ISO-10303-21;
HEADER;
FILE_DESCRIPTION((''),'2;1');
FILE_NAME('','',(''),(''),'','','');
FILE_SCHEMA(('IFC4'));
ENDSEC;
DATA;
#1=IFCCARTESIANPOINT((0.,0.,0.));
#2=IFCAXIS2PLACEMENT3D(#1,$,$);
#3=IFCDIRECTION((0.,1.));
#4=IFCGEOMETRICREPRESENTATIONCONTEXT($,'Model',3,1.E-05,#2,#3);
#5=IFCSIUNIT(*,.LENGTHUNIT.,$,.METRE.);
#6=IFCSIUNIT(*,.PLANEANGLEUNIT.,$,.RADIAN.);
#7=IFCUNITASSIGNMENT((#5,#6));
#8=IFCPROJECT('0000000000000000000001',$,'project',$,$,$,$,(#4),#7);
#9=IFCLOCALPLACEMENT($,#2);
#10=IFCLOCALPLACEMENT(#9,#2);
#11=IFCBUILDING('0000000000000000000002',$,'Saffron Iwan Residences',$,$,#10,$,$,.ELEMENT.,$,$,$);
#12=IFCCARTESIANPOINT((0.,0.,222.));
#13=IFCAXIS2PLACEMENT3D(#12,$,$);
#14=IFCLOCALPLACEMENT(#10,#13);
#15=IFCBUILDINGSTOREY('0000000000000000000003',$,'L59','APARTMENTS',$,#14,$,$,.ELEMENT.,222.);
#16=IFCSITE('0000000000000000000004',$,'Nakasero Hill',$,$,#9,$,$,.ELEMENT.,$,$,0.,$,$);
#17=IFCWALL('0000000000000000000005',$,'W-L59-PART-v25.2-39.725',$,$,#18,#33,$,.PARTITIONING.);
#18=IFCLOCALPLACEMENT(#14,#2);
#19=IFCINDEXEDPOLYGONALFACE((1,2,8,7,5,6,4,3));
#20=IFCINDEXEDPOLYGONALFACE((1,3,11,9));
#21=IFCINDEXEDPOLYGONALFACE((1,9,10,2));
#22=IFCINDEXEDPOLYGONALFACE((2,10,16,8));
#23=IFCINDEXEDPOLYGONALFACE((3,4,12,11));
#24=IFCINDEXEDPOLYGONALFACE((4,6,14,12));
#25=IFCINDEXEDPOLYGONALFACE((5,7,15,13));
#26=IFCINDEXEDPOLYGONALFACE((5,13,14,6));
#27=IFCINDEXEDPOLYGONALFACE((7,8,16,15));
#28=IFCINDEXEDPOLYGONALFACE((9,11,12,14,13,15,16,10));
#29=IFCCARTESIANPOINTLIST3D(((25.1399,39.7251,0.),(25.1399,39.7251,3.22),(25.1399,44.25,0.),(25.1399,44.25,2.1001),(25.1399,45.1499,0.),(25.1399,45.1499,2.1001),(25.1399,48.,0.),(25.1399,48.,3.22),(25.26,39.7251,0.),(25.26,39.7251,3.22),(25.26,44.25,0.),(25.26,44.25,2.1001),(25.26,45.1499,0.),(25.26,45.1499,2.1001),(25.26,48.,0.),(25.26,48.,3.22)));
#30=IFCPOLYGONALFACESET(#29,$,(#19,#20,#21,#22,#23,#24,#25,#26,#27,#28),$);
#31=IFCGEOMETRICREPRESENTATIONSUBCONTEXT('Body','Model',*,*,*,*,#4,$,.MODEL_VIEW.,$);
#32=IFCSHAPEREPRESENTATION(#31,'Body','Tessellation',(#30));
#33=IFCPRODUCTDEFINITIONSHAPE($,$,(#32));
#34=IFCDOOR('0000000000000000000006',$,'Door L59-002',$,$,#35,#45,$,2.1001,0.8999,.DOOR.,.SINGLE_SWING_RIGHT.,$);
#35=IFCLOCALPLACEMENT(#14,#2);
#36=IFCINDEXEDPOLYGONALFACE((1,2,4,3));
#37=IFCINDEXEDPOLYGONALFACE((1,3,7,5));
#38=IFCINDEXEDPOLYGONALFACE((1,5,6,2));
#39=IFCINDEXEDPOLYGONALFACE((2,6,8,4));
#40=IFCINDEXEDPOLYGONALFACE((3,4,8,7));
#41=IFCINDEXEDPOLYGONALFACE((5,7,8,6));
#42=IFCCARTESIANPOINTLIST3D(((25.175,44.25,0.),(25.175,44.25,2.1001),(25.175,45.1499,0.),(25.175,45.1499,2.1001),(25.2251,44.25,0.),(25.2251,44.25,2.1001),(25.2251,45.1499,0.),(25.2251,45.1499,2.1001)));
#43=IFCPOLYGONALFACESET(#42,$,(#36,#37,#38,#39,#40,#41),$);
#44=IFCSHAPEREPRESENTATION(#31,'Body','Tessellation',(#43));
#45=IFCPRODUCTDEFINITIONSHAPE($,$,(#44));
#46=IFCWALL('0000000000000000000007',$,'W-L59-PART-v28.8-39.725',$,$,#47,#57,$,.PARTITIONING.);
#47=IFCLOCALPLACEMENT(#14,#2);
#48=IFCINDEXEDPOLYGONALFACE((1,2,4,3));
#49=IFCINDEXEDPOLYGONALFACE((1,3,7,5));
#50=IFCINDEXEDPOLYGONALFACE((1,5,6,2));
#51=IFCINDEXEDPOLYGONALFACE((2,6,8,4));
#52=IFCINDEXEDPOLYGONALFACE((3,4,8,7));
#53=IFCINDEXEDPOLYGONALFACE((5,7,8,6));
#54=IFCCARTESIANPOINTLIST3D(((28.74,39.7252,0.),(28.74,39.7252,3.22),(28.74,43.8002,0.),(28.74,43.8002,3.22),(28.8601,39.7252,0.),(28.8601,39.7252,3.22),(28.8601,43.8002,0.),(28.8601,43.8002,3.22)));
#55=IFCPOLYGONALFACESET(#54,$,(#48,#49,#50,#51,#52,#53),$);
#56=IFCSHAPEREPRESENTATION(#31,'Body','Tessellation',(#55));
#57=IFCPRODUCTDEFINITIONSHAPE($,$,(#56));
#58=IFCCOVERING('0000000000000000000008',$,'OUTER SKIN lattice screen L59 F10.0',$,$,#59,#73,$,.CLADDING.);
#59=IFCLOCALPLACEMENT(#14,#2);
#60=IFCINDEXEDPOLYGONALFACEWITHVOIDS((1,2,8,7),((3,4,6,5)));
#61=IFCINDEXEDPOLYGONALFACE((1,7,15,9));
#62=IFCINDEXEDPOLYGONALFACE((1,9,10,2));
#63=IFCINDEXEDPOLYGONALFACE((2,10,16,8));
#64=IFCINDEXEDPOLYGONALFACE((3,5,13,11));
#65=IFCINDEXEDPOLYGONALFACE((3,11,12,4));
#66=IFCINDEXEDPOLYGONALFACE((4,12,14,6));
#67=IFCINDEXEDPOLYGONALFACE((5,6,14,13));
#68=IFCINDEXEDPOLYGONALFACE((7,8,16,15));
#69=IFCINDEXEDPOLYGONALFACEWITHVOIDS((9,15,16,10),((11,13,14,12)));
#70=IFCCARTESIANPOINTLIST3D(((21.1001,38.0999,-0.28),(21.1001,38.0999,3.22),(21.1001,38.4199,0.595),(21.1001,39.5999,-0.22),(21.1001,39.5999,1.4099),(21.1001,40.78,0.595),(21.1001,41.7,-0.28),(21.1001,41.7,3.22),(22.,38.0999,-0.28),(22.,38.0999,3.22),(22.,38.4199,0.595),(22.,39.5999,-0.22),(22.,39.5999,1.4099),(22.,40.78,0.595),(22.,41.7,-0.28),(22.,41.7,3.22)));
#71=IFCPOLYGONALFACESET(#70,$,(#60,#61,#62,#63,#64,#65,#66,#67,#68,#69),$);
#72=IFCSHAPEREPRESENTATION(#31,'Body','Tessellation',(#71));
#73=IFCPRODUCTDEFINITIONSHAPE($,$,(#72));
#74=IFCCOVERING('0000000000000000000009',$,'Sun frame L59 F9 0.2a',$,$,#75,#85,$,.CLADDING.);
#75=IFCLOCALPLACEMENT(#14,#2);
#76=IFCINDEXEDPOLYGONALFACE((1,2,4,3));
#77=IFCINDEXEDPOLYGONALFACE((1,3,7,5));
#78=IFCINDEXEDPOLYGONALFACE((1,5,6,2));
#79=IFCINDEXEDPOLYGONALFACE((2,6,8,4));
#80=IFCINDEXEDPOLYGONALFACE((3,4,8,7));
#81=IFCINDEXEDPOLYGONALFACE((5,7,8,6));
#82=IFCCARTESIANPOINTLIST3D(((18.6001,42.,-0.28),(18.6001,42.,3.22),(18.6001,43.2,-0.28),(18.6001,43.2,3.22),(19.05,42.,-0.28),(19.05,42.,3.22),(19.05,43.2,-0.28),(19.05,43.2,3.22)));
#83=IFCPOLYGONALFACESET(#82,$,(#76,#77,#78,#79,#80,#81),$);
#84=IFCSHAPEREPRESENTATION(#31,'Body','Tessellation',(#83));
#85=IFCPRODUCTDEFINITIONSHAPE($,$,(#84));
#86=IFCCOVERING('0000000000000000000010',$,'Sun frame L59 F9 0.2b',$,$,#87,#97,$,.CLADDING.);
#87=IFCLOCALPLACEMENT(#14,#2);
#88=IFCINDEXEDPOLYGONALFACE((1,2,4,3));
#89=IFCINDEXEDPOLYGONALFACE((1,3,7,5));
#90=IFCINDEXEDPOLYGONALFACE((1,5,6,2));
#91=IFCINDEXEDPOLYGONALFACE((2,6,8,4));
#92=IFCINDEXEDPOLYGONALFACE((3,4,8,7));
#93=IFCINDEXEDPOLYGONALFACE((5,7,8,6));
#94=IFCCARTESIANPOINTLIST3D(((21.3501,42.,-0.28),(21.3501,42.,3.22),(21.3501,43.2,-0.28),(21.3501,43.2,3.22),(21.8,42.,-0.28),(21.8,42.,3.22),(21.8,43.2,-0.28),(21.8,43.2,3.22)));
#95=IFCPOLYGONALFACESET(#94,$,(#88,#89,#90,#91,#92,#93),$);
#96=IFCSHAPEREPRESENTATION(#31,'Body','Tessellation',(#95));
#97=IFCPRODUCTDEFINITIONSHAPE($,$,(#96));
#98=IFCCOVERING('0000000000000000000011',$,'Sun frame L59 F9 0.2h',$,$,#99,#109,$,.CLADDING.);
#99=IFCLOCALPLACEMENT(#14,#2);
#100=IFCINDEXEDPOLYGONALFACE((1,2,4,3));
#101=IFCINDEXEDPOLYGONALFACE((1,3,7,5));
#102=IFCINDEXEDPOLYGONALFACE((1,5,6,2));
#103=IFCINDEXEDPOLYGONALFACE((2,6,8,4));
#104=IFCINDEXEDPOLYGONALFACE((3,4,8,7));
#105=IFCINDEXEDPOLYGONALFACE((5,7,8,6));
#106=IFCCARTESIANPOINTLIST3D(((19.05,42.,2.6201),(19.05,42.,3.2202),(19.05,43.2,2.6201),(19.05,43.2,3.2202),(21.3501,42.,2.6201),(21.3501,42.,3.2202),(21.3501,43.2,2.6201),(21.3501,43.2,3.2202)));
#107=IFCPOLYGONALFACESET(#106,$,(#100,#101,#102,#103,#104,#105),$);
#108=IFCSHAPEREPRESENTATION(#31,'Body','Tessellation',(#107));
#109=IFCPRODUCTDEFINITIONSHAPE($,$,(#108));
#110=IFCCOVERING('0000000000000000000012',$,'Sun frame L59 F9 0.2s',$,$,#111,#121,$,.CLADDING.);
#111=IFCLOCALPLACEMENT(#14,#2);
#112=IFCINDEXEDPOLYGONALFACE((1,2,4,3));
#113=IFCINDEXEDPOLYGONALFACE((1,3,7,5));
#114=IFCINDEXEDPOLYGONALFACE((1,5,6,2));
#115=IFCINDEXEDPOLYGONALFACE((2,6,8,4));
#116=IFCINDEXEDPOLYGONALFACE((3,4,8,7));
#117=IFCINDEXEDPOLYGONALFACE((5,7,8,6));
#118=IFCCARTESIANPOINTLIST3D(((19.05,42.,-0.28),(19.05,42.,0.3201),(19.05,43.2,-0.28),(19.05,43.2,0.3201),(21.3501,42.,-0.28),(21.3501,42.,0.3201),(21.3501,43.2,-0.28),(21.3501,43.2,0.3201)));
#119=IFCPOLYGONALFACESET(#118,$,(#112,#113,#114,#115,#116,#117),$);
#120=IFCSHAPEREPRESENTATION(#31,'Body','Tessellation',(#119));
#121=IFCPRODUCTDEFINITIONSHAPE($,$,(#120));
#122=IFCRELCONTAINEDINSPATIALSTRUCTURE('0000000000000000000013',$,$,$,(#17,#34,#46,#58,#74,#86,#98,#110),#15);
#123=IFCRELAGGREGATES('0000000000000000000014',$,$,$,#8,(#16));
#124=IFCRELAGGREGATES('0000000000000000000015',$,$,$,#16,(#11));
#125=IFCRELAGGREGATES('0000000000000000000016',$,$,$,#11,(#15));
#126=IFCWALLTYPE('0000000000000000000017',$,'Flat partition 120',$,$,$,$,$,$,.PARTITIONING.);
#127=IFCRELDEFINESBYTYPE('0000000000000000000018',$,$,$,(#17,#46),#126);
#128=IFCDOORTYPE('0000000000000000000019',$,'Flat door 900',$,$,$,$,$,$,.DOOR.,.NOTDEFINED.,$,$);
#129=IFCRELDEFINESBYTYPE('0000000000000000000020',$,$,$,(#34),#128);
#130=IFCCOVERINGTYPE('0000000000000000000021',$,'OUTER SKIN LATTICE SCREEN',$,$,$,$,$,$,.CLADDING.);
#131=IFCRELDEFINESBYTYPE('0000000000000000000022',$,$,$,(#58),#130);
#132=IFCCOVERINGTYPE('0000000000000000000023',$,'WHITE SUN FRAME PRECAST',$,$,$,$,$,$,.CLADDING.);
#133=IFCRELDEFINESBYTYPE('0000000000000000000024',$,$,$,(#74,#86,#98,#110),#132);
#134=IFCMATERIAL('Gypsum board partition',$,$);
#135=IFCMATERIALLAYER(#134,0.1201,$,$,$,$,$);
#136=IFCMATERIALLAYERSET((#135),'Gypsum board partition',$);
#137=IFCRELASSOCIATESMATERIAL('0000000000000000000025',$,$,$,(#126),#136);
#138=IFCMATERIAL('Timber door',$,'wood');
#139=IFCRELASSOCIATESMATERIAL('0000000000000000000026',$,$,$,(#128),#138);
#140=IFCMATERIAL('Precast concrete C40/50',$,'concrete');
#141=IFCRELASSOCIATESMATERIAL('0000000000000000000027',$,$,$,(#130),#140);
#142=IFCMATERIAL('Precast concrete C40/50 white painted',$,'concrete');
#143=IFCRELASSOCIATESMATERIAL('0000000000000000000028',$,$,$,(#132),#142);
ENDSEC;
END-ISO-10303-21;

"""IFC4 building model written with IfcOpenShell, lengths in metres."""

from ifc_helpers import new_model, si_unit, direction, frame, frame_2d, origin, place, context, subcontext, project, spatial, polyline, rectangle, outline, extrude, material, layer, layer_set, type_object, element, fill, save


model = new_model("IFC4")

# Units and contexts
model_context = context("Model", 3, precision=1e-05, world=origin(), true_north=direction((0.0, 1.0)))
body_context = subcontext(model_context, "Body", "Model", "MODEL_VIEW")
ifc_project = project(units=[si_unit("LENGTHUNIT", "METRE"), si_unit("PLANEANGLEUNIT", "RADIAN")], contexts=[model_context])

# Site, building, storey
site_placement = place(None, origin())
site = spatial("IfcSite", under=ifc_project, at=site_placement, Name="Nakasero Hill", CompositionType="ELEMENT", RefElevation=0.0)
building_placement = place(site_placement, origin())
building = spatial("IfcBuilding", under=site, at=building_placement, Name="Saffron Iwan Residences", CompositionType="ELEMENT")
storey_placement = place(building_placement, frame((0.0, 0.0, 222.0)))
storey = spatial("IfcBuildingStorey", under=building, at=storey_placement, Name="L59", Description="APARTMENTS", CompositionType="ELEMENT", Elevation=222.0)

# Wall, opening, door
ifc_material_1 = material(Name="Gypsum board partition")
ifc_layer_1 = layer(ifc_material_1, 0.1201)
ifc_layer_set_1 = layer_set([ifc_layer_1], Name="Gypsum board partition")
wall_type_1 = type_object("IfcWallType", Name="Flat partition 120", PredefinedType="PARTITIONING", material=ifc_layer_set_1)
wall_1_placement = place(storey_placement, frame((25.2, 39.7251, 0.0), z_axis=(0.0, 0.0, 1.0), x_axis=(0.0, 1.0, 0.0)))
wall_1 = element("IfcWall", 1, at=wall_1_placement, inside=storey, type_object=wall_type_1, Name="W-L59-PART-v25.2-39.725", PredefinedType="PARTITIONING", context=body_context, shape_type="SweptSolid", body=[
    extrude(rectangle(XDim=8.2749, YDim=0.1201, at=frame_2d((4.1375, 0.0))), origin(), (0.0, 0.0, 1.0), 3.22),
])
opening_1_placement = place(wall_1_placement, frame((4.5249, 0.0, 0.0)))
opening_1 = element("IfcOpeningElement", 2, at=opening_1_placement, cuts=wall_1, PredefinedType="OPENING", context=body_context, shape_type="SweptSolid", body=[
    extrude(rectangle(XDim=0.8999, YDim=2.1001, at=frame_2d((0.45, 1.05))), frame((0.0, 0.0701, 0.0), z_axis=(0.0, -1.0, 0.0), x_axis=(1.0, 0.0, 0.0)), (0.0, 0.0, 1.0), 0.1401),
])
ifc_material_2 = material(Name="Timber door", Category="wood")
door_type_1 = type_object("IfcDoorType", Name="Flat door 900", OperationType="NOTDEFINED", PredefinedType="DOOR", material=ifc_material_2)
door_1_placement = place(opening_1_placement, origin())
door_1 = element("IfcDoor", 3, at=door_1_placement, inside=storey, type_object=door_type_1, Name="Door L59-002", OperationType="SINGLE_SWING_RIGHT", OverallHeight=2.1001, OverallWidth=0.8999, PredefinedType="DOOR", context=body_context, shape_type="SweptSolid", body=[
    extrude(rectangle(XDim=0.8999, YDim=2.1001, at=frame_2d((0.45, 1.05))), frame((0.0, 0.0249, 0.0), z_axis=(0.0, -1.0, 0.0), x_axis=(1.0, 0.0, 0.0)), (0.0, 0.0, 1.0), 0.05),
])
fill(opening_1, door_1)

# Wall
wall_2_placement = place(storey_placement, frame((28.8, 39.7251, 0.0), z_axis=(0.0, 0.0, 1.0), x_axis=(0.0, 1.0, 0.0)))
element("IfcWall", 4, at=wall_2_placement, inside=storey, type_object=wall_type_1, Name="W-L59-PART-v28.8-39.725", PredefinedType="PARTITIONING", context=body_context, shape_type="SweptSolid", body=[
    extrude(rectangle(XDim=4.075, YDim=0.1201, at=frame_2d((2.0376, 0.0))), origin(), (0.0, 0.0, 1.0), 3.22),
])

# Coverings
ifc_material_3 = material(Name="Precast concrete C40/50", Category="concrete")
covering_type_1 = type_object("IfcCoveringType", Name="OUTER SKIN LATTICE SCREEN", PredefinedType="CLADDING", material=ifc_material_3)
covering_placement = place(storey_placement, frame((22.0, 41.7, -0.28), z_axis=(-1.0, 0.0, 0.0), x_axis=(0.0, -1.0, 0.0)))
element("IfcCovering", 5, at=covering_placement, inside=storey, type_object=covering_type_1, Name="OUTER SKIN lattice screen L59 F10.0", PredefinedType="CLADDING", context=body_context, shape_type="SweptSolid", body=[
    extrude(outline(polyline([(0.0, 0.0), (3.6001, 0.0), (3.6001, 3.5), (0.0, 3.5), (0.0, 0.0)]), holes=[polyline([(0.9199, 0.875), (2.1001, 0.0601), (3.28, 0.875), (2.1001, 1.6899), (0.9199, 0.875)])]), origin(), (0.0, 0.0, 1.0), 0.8999),
])
ifc_material_4 = material(Name="Precast concrete C40/50 white painted", Category="concrete")
covering_type_2 = type_object("IfcCoveringType", Name="WHITE SUN FRAME PRECAST", PredefinedType="CLADDING", material=ifc_material_4)
for number, where, z_axis, x_axis, name in (
    (6, (18.6001, 43.2, -0.28), (0.0, -1.0, 0.0), (1.0, 0.0, 0.0), "Sun frame L59 F9 0.2a"),
    (7, (21.3501, 43.2, -0.28), (0.0, -1.0, 0.0), (1.0, 0.0, 0.0), "Sun frame L59 F9 0.2b"),
):
    element("IfcCovering", number, at=place(storey_placement, frame(where, z_axis=z_axis, x_axis=x_axis)), inside=storey, type_object=covering_type_2, Name=name, PredefinedType="CLADDING", context=body_context, shape_type="SweptSolid", body=[
        extrude(outline(polyline([(0.0, 0.0), (0.45, 0.0), (0.45, 3.5), (0.0, 3.5), (0.0, 0.0)])), origin(), (0.0, 0.0, 1.0), 1.2),
    ])
for number, where, z_axis, x_axis, name in (
    (8, (19.05, 43.2, 2.6201), (0.0, -1.0, 0.0), (1.0, 0.0, 0.0), "Sun frame L59 F9 0.2h"),
    (9, (19.05, 43.2, -0.28), (0.0, -1.0, 0.0), (1.0, 0.0, 0.0), "Sun frame L59 F9 0.2s"),
):
    element("IfcCovering", number, at=place(storey_placement, frame(where, z_axis=z_axis, x_axis=x_axis)), inside=storey, type_object=covering_type_2, Name=name, PredefinedType="CLADDING", context=body_context, shape_type="SweptSolid", body=[
        extrude(outline(polyline([(0.0, 0.0), (2.3, 0.0), (2.3, 0.6001), (0.0, 0.6001), (0.0, 0.0)])), origin(), (0.0, 0.0, 1.0), 1.2),
    ])

save(model, "model.ifc")
